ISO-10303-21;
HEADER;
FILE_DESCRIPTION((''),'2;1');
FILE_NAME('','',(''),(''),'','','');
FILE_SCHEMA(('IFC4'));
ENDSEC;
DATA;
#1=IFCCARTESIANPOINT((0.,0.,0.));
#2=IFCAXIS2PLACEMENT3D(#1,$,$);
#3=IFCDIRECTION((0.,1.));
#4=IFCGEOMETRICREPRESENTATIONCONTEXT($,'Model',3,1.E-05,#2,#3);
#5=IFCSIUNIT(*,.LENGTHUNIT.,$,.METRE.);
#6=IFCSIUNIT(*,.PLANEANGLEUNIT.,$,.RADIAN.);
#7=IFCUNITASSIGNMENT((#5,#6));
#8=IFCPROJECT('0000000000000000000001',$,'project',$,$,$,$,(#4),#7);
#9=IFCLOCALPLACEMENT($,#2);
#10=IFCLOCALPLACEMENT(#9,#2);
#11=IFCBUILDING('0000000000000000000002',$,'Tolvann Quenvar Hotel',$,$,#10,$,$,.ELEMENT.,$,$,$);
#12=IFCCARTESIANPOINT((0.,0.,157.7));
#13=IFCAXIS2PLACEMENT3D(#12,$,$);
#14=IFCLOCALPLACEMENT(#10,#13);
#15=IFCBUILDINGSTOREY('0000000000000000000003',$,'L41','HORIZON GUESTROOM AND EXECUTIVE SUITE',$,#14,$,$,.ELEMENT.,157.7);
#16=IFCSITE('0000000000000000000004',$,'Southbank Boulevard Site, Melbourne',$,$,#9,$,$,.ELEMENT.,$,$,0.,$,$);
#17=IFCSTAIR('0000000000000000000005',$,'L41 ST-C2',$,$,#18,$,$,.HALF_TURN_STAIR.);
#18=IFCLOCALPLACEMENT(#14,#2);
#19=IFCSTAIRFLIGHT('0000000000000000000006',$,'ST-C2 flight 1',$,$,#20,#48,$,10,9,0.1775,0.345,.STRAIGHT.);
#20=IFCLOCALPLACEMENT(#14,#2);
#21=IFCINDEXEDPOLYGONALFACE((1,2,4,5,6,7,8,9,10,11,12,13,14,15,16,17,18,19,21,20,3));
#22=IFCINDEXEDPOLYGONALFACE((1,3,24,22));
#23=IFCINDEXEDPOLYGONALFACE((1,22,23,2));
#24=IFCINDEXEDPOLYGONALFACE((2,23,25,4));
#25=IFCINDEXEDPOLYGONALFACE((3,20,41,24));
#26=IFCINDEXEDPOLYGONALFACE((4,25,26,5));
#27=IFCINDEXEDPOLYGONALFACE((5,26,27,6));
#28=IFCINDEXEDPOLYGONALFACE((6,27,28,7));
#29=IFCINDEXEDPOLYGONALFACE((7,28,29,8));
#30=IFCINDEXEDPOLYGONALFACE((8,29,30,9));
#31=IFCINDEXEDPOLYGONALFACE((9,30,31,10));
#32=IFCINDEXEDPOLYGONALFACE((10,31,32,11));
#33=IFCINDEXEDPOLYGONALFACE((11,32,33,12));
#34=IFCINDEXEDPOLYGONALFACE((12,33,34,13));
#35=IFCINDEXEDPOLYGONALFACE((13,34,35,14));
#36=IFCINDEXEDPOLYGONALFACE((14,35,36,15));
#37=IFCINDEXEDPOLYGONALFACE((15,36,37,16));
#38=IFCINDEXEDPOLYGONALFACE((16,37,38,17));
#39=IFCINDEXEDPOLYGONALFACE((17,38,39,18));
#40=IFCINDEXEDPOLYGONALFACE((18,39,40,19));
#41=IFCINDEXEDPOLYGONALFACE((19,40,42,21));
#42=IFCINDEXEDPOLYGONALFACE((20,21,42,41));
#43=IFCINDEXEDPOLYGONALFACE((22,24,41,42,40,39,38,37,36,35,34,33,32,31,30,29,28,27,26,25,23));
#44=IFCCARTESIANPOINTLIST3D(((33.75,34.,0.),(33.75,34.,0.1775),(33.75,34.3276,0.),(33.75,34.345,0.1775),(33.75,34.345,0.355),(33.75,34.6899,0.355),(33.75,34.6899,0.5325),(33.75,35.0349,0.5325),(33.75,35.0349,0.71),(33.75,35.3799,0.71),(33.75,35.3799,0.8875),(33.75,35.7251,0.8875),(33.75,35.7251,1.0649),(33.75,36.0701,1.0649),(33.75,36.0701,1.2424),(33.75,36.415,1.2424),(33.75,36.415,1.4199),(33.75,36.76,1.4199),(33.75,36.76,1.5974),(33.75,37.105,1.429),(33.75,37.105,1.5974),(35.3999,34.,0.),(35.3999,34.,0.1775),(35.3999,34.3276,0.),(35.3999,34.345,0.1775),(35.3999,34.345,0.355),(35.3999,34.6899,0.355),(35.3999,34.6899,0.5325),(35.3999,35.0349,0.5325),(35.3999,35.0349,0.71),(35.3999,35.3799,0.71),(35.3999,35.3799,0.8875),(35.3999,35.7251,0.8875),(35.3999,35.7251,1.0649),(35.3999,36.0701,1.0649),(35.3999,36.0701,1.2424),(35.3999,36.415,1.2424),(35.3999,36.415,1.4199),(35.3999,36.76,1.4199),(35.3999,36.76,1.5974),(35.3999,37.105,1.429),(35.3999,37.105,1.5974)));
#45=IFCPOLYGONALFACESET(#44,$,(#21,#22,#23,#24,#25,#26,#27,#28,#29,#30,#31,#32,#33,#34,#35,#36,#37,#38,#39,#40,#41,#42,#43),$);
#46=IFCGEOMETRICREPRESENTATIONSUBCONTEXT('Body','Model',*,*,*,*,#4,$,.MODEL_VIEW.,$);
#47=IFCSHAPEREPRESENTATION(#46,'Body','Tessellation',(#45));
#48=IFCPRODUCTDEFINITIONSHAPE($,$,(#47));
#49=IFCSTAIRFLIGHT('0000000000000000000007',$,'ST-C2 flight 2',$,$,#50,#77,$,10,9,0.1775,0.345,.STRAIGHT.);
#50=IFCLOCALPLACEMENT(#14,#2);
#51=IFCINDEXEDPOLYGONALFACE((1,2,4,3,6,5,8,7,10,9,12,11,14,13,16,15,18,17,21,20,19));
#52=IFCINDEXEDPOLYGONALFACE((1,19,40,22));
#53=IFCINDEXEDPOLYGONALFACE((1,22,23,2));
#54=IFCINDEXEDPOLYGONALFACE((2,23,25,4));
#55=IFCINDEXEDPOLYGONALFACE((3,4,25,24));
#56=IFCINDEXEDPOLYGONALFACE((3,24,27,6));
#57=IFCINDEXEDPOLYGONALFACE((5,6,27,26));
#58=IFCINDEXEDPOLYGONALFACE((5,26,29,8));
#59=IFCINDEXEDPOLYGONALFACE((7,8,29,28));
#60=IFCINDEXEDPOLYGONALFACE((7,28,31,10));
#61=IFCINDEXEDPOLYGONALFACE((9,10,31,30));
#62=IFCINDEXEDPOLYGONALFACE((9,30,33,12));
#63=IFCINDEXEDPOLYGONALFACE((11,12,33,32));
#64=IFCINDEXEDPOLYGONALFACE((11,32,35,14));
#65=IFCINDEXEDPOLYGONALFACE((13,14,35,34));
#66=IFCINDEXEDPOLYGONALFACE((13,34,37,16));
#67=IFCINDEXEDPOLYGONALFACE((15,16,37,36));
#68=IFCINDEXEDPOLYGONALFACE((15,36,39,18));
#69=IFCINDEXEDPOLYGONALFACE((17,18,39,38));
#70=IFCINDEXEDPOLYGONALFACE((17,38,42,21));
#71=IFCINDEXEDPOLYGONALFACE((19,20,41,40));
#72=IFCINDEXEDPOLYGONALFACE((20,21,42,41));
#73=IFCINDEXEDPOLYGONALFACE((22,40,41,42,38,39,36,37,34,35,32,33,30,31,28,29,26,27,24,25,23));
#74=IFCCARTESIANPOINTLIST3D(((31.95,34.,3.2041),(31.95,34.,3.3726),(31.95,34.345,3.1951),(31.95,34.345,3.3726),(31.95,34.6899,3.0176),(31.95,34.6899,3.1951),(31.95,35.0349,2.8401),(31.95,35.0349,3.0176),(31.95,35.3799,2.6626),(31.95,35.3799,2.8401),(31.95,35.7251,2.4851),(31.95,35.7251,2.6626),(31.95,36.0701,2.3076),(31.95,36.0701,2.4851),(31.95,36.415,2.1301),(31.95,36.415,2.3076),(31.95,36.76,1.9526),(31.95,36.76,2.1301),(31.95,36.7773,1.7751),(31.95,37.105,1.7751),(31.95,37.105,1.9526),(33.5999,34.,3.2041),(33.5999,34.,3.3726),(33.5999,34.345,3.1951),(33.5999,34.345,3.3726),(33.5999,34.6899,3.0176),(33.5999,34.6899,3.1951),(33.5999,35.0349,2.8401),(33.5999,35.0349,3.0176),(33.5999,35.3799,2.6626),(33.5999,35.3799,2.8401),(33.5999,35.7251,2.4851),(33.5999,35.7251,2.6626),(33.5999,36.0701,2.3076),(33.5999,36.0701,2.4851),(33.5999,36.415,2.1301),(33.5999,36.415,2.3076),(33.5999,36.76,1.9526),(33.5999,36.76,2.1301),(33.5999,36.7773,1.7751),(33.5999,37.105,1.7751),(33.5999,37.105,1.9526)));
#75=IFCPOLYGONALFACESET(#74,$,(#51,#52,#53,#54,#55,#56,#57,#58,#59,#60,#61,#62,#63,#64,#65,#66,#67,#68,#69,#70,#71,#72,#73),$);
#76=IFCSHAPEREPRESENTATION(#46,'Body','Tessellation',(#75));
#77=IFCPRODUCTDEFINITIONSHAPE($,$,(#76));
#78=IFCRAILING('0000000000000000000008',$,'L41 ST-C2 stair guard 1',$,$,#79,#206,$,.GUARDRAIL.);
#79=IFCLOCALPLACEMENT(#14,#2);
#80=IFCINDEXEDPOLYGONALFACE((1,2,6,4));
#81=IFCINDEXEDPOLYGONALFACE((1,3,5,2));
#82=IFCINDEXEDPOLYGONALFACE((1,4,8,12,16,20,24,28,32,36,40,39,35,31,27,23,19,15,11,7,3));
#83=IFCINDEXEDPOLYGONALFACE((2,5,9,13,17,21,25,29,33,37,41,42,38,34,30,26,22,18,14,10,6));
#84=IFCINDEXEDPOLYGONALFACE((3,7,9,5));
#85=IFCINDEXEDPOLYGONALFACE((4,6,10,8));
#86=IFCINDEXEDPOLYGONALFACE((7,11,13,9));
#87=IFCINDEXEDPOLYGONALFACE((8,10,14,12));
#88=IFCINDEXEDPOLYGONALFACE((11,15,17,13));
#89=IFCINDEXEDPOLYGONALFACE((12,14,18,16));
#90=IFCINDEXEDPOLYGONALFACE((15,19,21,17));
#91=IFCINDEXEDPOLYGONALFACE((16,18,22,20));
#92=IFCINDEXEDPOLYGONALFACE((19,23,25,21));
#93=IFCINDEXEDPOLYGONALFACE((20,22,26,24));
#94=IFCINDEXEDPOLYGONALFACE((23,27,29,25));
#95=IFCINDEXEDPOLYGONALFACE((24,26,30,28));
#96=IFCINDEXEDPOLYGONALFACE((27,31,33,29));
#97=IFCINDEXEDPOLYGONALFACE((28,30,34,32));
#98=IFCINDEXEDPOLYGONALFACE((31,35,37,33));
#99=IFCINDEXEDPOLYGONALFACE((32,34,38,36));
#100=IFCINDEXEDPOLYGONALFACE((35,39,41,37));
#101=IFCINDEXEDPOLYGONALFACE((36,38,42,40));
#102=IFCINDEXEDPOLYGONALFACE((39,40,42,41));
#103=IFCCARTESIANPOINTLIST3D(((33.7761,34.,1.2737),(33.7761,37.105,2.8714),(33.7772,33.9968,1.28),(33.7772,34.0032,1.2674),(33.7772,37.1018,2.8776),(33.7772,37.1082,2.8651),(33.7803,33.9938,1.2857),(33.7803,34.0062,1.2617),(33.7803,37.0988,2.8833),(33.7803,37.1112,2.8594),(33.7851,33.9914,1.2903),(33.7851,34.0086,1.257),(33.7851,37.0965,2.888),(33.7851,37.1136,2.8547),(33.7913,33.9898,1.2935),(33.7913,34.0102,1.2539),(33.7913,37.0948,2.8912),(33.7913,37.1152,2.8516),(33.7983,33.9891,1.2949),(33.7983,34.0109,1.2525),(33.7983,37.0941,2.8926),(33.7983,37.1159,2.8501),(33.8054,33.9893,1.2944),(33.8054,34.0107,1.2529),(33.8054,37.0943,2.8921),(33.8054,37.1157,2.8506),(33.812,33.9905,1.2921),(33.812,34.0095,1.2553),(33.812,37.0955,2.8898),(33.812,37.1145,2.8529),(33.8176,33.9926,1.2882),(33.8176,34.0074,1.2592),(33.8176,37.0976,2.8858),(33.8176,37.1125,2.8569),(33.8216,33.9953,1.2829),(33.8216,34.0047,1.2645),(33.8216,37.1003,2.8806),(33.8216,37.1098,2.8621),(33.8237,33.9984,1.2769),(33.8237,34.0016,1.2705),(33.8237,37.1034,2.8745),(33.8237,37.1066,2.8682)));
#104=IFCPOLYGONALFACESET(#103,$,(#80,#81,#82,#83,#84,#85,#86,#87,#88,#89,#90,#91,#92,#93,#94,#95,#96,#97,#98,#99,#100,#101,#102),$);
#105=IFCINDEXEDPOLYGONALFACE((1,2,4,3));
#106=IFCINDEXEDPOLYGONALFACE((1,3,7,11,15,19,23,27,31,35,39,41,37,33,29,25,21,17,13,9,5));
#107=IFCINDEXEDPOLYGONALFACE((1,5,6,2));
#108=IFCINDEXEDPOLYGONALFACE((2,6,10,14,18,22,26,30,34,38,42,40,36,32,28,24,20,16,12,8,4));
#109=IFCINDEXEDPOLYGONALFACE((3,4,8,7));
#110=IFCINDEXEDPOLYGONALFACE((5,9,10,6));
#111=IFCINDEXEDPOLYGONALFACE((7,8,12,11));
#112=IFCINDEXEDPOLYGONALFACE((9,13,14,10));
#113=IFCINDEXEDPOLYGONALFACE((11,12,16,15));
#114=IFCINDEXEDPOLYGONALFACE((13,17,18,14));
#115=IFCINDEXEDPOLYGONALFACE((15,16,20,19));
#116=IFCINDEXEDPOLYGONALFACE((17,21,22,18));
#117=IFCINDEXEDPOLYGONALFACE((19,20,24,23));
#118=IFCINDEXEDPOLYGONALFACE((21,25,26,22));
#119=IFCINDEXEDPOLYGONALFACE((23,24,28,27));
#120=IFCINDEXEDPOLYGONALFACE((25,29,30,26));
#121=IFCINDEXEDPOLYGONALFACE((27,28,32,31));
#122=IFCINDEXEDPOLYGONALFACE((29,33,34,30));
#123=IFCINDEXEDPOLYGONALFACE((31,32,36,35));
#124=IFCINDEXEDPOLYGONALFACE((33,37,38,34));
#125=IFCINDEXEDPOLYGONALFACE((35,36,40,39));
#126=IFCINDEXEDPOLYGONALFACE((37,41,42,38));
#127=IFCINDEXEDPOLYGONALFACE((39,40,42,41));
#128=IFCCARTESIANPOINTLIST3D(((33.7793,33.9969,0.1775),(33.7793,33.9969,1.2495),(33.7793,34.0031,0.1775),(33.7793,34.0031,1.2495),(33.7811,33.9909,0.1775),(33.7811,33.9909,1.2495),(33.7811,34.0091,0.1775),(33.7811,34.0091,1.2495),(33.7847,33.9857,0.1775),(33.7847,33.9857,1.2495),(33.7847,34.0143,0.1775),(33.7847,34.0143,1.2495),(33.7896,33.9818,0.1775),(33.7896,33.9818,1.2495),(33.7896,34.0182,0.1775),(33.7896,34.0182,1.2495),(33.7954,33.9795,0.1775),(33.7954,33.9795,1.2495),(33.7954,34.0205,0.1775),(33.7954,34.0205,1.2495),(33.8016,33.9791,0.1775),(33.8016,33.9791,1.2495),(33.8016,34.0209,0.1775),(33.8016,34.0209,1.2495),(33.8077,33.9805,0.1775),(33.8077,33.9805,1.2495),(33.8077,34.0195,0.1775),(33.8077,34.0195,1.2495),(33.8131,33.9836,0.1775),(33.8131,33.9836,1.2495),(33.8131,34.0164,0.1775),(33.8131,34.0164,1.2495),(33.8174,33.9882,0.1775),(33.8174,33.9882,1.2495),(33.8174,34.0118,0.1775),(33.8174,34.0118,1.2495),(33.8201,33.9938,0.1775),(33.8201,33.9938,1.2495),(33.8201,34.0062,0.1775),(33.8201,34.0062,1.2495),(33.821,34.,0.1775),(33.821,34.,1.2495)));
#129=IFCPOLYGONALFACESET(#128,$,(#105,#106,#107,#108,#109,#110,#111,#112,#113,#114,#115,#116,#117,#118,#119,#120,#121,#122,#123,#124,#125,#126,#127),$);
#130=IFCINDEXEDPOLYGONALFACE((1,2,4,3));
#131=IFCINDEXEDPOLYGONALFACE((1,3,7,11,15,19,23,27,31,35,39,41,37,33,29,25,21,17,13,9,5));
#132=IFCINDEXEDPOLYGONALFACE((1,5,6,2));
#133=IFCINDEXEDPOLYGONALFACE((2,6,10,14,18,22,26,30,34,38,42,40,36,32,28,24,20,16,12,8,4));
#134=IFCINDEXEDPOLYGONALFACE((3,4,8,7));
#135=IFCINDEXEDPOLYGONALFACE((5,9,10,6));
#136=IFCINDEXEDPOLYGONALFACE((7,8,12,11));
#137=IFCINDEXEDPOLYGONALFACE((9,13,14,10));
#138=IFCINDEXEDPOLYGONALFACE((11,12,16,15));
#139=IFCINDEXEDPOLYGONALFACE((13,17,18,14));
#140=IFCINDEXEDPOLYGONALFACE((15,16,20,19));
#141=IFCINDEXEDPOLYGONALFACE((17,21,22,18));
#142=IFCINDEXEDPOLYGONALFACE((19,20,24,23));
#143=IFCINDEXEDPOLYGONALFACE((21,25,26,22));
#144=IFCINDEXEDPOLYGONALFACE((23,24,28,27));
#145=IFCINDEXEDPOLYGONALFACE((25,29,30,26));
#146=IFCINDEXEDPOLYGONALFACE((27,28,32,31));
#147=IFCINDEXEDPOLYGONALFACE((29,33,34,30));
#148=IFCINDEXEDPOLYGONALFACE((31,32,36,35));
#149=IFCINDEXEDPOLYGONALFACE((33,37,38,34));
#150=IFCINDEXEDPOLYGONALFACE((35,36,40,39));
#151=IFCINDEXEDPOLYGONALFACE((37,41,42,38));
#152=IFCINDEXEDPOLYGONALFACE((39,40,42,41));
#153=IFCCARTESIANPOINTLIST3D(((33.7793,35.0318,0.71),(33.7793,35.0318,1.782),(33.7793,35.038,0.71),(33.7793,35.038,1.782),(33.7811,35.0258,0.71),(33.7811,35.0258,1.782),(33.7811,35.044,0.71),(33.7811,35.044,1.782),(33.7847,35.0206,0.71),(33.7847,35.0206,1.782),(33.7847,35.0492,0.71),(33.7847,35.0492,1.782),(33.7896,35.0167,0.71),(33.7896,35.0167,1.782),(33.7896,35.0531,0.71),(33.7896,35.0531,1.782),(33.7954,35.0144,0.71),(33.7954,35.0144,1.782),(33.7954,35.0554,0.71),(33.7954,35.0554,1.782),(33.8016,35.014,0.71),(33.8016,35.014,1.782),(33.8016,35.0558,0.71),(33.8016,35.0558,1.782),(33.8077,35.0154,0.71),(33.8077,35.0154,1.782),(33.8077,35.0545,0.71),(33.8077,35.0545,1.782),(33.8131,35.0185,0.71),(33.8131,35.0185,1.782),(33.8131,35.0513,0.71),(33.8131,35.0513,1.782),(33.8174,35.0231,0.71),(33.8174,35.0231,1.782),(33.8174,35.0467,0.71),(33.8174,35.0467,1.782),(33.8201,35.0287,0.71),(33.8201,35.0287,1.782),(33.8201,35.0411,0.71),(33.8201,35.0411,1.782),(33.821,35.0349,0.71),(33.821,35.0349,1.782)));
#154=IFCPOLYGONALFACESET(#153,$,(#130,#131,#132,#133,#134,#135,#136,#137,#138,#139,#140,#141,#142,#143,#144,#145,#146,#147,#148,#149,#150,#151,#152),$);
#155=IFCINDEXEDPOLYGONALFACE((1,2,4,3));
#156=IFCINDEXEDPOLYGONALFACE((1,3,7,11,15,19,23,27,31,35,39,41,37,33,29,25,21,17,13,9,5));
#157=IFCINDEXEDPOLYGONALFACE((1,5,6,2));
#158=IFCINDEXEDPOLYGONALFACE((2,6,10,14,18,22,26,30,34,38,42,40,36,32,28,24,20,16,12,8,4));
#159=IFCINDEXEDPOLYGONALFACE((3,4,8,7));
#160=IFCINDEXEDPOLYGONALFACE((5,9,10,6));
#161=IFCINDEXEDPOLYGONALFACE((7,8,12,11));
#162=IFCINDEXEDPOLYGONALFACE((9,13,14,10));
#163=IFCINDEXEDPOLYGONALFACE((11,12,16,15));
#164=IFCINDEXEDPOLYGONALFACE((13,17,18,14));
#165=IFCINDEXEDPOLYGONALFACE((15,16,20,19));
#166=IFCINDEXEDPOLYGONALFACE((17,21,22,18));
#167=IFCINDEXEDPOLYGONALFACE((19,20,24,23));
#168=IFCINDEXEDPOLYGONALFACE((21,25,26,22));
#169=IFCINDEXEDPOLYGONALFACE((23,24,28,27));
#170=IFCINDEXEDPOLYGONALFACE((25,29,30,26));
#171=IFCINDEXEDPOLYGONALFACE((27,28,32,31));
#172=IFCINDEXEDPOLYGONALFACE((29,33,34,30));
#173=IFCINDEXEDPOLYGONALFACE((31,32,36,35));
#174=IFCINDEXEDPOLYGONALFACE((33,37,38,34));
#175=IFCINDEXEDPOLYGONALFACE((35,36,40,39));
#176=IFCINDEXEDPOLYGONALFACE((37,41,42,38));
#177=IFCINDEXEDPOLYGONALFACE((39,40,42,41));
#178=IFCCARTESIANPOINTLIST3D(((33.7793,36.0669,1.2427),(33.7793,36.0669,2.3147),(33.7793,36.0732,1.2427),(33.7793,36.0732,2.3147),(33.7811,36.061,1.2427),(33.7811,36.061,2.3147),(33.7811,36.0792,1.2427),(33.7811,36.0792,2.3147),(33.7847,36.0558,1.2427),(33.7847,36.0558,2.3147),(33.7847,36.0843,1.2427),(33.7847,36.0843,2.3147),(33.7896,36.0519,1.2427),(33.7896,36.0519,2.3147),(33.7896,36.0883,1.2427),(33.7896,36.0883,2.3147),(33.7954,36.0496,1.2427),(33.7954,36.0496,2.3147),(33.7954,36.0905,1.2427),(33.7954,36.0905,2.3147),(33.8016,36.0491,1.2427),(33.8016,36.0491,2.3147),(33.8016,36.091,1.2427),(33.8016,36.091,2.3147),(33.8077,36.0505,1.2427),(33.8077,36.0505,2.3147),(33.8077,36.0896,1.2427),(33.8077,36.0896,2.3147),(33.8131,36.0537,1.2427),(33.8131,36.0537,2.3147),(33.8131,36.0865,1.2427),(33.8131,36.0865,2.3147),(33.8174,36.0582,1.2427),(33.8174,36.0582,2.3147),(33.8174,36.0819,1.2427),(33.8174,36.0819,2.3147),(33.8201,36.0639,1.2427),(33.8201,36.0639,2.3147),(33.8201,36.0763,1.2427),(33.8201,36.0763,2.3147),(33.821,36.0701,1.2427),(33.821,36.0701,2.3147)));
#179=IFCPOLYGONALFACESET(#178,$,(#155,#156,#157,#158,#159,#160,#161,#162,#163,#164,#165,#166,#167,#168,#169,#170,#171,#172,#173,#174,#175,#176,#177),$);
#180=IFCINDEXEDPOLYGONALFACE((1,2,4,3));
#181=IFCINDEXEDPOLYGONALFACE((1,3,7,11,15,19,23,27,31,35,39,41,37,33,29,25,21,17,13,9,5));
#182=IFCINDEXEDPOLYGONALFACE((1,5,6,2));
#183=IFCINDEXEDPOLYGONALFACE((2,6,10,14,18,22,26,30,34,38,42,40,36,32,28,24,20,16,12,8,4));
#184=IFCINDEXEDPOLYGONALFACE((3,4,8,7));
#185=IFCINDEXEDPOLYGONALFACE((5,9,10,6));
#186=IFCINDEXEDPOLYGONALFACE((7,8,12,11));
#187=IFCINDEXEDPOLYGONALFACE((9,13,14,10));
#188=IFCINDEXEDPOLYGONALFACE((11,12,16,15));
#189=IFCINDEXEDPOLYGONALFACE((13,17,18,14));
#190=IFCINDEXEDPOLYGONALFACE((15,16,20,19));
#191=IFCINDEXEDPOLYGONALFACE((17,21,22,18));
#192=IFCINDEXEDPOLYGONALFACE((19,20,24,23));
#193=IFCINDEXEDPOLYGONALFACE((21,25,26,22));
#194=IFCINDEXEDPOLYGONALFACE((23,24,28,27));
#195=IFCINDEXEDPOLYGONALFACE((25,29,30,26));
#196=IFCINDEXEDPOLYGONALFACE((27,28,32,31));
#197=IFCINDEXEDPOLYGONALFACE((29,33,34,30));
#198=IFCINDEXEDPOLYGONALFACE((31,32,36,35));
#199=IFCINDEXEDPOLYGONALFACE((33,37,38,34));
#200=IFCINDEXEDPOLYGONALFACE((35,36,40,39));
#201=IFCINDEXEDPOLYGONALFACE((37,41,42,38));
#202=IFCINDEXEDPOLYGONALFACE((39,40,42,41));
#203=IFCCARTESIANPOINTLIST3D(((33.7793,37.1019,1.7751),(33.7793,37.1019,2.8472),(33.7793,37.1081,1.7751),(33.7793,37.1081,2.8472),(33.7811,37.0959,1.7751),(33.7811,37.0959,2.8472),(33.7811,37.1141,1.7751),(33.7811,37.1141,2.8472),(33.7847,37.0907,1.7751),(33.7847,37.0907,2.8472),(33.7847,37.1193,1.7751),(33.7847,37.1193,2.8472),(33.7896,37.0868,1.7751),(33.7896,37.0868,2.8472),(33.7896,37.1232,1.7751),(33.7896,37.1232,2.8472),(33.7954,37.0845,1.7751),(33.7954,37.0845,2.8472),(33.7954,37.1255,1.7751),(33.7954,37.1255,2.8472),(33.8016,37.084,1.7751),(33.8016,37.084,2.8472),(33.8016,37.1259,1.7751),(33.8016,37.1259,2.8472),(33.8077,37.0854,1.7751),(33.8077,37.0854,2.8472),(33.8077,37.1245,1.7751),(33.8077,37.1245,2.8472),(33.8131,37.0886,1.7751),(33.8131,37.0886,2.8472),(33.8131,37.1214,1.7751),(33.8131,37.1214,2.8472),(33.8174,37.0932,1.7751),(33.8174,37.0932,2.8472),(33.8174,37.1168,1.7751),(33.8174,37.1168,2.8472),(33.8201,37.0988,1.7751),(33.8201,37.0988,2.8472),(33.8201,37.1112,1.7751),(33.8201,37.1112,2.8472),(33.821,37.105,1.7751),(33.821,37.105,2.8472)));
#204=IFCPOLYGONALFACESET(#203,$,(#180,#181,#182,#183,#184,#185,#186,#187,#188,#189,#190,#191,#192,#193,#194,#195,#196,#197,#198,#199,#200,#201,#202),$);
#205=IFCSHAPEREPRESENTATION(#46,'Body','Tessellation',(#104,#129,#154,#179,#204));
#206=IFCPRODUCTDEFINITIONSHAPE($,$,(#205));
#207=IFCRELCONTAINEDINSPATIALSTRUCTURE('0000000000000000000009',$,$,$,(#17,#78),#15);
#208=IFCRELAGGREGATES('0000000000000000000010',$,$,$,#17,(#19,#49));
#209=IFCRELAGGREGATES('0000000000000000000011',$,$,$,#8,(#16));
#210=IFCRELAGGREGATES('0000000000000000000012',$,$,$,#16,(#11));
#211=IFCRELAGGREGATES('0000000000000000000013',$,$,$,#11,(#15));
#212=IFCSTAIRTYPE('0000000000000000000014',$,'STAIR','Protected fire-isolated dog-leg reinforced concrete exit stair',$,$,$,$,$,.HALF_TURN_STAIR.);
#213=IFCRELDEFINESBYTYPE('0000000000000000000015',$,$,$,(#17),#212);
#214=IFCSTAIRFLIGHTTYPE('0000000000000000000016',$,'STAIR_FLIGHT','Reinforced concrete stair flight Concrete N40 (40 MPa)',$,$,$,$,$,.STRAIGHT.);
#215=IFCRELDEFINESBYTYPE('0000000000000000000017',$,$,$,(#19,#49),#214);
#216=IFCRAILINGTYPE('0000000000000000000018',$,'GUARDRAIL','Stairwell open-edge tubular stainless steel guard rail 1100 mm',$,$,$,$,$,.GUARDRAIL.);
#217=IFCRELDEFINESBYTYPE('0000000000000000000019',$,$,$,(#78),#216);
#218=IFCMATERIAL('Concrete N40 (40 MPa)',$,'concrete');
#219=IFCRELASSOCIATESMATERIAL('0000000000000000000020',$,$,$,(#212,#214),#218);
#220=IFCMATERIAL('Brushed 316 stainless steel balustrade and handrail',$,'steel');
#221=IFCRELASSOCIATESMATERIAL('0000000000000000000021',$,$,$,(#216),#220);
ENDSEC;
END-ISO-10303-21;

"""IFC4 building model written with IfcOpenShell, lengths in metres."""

from ifc_helpers import new_model, si_unit, direction, frame, origin, origin_2d, place, context, subcontext, project, spatial, polyline, circle, outline, extrude, material, type_object, element, aggregate, save


model = new_model("IFC4")

# Units and contexts
model_context = context("Model", 3, precision=1e-05, world=origin(), true_north=direction((0.0, 1.0)))
body_context = subcontext(model_context, "Body", "Model", "MODEL_VIEW")
ifc_project = project(units=[si_unit("LENGTHUNIT", "METRE"), si_unit("PLANEANGLEUNIT", "RADIAN")], contexts=[model_context])

# Site, building, storey
site_placement = place(None, origin())
site = spatial("IfcSite", under=ifc_project, at=site_placement, Name="Southbank Boulevard Site, Melbourne", CompositionType="ELEMENT", RefElevation=0.0)
building_placement = place(site_placement, origin())
building = spatial("IfcBuilding", under=site, at=building_placement, Name="Tolvann Quenvar Hotel", CompositionType="ELEMENT")
storey_placement = place(building_placement, frame((0.0, 0.0, 157.7)))
storey = spatial("IfcBuildingStorey", under=building, at=storey_placement, Name="L41", Description="HORIZON GUESTROOM AND EXECUTIVE SUITE", CompositionType="ELEMENT", Elevation=157.7)

# Shared definitions
ifc_material_1 = material(Name="Concrete N40 (40 MPa)", Category="concrete")

# Stair, stair flights
stair_type = type_object("IfcStairType", Name="STAIR", Description="Protected fire-isolated dog-leg reinforced concrete exit stair", PredefinedType="HALF_TURN_STAIR", material=ifc_material_1)
stair_placement = place(storey_placement, origin())
stair = element("IfcStair", 1, at=stair_placement, inside=storey, type_object=stair_type, Name="L41 ST-C2", PredefinedType="HALF_TURN_STAIR")
stair_flight_type = type_object("IfcStairFlightType", Name="STAIR_FLIGHT", Description="Reinforced concrete stair flight Concrete N40 (40 MPa)", PredefinedType="STRAIGHT", material=ifc_material_1)
stair_flight_1_placement = place(storey_placement, frame((34.575, 34.0, 0.0), z_axis=(0.0, 0.0, 1.0), x_axis=(0.0, 1.0, 0.0)))
stair_flight_1 = element("IfcStairFlight", 2, at=stair_flight_1_placement, type_object=stair_flight_type, Name="ST-C2 flight 1", NumberOfRisers=10, NumberOfTreads=9, PredefinedType="STRAIGHT", RiserHeight=0.1775, TreadLength=0.345, context=body_context, shape_type="SweptSolid", body=[
    extrude(outline(polyline([(0.0, 0.0), (0.0, 0.1775), (0.345, 0.1775), (0.345, 0.355), (0.6899, 0.355), (0.6899, 0.5325), (1.0349, 0.5325), (1.0349, 0.71), (1.3799, 0.71), (1.3799, 0.8875), (1.7251, 0.8875), (1.7251, 1.0649), (2.0701, 1.0649), (2.0701, 1.2424), (2.415, 1.2424), (2.415, 1.4199), (2.76, 1.4199), (2.76, 1.5974), (3.105, 1.5974), (3.105, 1.7749), (3.105, 1.429), (0.3276, 0.0), (0.0, 0.0)])), frame((0.0, 0.825, 0.0), z_axis=(0.0, -1.0, 0.0), x_axis=(1.0, 0.0, 0.0)), (0.0, 0.0, 1.0), 1.6499),
])
stair_flight_2_placement = place(storey_placement, frame((32.7749, 37.105, 1.7751), z_axis=(0.0, 0.0, 1.0), x_axis=(0.0, -1.0, 0.0)))
stair_flight_2 = element("IfcStairFlight", 3, at=stair_flight_2_placement, type_object=stair_flight_type, Name="ST-C2 flight 2", NumberOfRisers=10, NumberOfTreads=9, PredefinedType="STRAIGHT", RiserHeight=0.1775, TreadLength=0.345, context=body_context, shape_type="SweptSolid", body=[
    extrude(outline(polyline([(0.0, 0.0), (0.0, 0.1775), (0.345, 0.1775), (0.345, 0.355), (0.6899, 0.355), (0.6899, 0.5325), (1.0349, 0.5325), (1.0349, 0.71), (1.3799, 0.71), (1.3799, 0.8875), (1.7251, 0.8875), (1.7251, 1.0649), (2.0701, 1.0649), (2.0701, 1.2424), (2.415, 1.2424), (2.415, 1.4199), (2.76, 1.4199), (2.76, 1.5974), (3.105, 1.5974), (3.105, 1.7749), (3.105, 1.429), (0.3276, 0.0), (0.0, 0.0)])), frame((0.0, 0.825, 0.0), z_axis=(0.0, -1.0, 0.0), x_axis=(1.0, 0.0, 0.0)), (0.0, 0.0, 1.0), 1.6499),
])
aggregate(stair, [stair_flight_1, stair_flight_2])

# Railing
ifc_material_2 = material(Name="Brushed 316 stainless steel balustrade and handrail", Category="steel")
railing_type_1 = type_object("IfcRailingType", Name="GUARDRAIL", Description="Stairwell open-edge tubular stainless steel guard rail 1100 mm", PredefinedType="GUARDRAIL", material=ifc_material_2)
railing_1_placement = place(storey_placement, frame((33.8, 34.0, 0.1775)))
element("IfcRailing", 4, at=railing_1_placement, inside=storey, type_object=railing_type_1, Name="L41 ST-C2 stair guard 1", PredefinedType="GUARDRAIL", context=body_context, shape_type="SweptSolid", body=[
    extrude(circle(Radius=0.0239, at=origin_2d()), frame((0.0, 0.0, 1.0962), z_axis=(0.0, 0.889194, 0.457531), x_axis=(-1.0, 0.0, 0.0)), (0.0, 0.0, 1.0), 3.4919),
    extrude(circle(Radius=0.021, at=origin_2d()), origin(), (0.0, 0.0, 1.0), 1.072),
    extrude(circle(Radius=0.021, at=origin_2d()), frame((0.0, 1.0349, 0.5325)), (0.0, 0.0, 1.0), 1.072),
    extrude(circle(Radius=0.021, at=origin_2d()), frame((0.0, 2.0701, 1.0652)), (0.0, 0.0, 1.0), 1.072),
    extrude(circle(Radius=0.021, at=origin_2d()), frame((0.0, 3.105, 1.5977)), (0.0, 0.0, 1.0), 1.072),
])

save(model, "model.ifc")
